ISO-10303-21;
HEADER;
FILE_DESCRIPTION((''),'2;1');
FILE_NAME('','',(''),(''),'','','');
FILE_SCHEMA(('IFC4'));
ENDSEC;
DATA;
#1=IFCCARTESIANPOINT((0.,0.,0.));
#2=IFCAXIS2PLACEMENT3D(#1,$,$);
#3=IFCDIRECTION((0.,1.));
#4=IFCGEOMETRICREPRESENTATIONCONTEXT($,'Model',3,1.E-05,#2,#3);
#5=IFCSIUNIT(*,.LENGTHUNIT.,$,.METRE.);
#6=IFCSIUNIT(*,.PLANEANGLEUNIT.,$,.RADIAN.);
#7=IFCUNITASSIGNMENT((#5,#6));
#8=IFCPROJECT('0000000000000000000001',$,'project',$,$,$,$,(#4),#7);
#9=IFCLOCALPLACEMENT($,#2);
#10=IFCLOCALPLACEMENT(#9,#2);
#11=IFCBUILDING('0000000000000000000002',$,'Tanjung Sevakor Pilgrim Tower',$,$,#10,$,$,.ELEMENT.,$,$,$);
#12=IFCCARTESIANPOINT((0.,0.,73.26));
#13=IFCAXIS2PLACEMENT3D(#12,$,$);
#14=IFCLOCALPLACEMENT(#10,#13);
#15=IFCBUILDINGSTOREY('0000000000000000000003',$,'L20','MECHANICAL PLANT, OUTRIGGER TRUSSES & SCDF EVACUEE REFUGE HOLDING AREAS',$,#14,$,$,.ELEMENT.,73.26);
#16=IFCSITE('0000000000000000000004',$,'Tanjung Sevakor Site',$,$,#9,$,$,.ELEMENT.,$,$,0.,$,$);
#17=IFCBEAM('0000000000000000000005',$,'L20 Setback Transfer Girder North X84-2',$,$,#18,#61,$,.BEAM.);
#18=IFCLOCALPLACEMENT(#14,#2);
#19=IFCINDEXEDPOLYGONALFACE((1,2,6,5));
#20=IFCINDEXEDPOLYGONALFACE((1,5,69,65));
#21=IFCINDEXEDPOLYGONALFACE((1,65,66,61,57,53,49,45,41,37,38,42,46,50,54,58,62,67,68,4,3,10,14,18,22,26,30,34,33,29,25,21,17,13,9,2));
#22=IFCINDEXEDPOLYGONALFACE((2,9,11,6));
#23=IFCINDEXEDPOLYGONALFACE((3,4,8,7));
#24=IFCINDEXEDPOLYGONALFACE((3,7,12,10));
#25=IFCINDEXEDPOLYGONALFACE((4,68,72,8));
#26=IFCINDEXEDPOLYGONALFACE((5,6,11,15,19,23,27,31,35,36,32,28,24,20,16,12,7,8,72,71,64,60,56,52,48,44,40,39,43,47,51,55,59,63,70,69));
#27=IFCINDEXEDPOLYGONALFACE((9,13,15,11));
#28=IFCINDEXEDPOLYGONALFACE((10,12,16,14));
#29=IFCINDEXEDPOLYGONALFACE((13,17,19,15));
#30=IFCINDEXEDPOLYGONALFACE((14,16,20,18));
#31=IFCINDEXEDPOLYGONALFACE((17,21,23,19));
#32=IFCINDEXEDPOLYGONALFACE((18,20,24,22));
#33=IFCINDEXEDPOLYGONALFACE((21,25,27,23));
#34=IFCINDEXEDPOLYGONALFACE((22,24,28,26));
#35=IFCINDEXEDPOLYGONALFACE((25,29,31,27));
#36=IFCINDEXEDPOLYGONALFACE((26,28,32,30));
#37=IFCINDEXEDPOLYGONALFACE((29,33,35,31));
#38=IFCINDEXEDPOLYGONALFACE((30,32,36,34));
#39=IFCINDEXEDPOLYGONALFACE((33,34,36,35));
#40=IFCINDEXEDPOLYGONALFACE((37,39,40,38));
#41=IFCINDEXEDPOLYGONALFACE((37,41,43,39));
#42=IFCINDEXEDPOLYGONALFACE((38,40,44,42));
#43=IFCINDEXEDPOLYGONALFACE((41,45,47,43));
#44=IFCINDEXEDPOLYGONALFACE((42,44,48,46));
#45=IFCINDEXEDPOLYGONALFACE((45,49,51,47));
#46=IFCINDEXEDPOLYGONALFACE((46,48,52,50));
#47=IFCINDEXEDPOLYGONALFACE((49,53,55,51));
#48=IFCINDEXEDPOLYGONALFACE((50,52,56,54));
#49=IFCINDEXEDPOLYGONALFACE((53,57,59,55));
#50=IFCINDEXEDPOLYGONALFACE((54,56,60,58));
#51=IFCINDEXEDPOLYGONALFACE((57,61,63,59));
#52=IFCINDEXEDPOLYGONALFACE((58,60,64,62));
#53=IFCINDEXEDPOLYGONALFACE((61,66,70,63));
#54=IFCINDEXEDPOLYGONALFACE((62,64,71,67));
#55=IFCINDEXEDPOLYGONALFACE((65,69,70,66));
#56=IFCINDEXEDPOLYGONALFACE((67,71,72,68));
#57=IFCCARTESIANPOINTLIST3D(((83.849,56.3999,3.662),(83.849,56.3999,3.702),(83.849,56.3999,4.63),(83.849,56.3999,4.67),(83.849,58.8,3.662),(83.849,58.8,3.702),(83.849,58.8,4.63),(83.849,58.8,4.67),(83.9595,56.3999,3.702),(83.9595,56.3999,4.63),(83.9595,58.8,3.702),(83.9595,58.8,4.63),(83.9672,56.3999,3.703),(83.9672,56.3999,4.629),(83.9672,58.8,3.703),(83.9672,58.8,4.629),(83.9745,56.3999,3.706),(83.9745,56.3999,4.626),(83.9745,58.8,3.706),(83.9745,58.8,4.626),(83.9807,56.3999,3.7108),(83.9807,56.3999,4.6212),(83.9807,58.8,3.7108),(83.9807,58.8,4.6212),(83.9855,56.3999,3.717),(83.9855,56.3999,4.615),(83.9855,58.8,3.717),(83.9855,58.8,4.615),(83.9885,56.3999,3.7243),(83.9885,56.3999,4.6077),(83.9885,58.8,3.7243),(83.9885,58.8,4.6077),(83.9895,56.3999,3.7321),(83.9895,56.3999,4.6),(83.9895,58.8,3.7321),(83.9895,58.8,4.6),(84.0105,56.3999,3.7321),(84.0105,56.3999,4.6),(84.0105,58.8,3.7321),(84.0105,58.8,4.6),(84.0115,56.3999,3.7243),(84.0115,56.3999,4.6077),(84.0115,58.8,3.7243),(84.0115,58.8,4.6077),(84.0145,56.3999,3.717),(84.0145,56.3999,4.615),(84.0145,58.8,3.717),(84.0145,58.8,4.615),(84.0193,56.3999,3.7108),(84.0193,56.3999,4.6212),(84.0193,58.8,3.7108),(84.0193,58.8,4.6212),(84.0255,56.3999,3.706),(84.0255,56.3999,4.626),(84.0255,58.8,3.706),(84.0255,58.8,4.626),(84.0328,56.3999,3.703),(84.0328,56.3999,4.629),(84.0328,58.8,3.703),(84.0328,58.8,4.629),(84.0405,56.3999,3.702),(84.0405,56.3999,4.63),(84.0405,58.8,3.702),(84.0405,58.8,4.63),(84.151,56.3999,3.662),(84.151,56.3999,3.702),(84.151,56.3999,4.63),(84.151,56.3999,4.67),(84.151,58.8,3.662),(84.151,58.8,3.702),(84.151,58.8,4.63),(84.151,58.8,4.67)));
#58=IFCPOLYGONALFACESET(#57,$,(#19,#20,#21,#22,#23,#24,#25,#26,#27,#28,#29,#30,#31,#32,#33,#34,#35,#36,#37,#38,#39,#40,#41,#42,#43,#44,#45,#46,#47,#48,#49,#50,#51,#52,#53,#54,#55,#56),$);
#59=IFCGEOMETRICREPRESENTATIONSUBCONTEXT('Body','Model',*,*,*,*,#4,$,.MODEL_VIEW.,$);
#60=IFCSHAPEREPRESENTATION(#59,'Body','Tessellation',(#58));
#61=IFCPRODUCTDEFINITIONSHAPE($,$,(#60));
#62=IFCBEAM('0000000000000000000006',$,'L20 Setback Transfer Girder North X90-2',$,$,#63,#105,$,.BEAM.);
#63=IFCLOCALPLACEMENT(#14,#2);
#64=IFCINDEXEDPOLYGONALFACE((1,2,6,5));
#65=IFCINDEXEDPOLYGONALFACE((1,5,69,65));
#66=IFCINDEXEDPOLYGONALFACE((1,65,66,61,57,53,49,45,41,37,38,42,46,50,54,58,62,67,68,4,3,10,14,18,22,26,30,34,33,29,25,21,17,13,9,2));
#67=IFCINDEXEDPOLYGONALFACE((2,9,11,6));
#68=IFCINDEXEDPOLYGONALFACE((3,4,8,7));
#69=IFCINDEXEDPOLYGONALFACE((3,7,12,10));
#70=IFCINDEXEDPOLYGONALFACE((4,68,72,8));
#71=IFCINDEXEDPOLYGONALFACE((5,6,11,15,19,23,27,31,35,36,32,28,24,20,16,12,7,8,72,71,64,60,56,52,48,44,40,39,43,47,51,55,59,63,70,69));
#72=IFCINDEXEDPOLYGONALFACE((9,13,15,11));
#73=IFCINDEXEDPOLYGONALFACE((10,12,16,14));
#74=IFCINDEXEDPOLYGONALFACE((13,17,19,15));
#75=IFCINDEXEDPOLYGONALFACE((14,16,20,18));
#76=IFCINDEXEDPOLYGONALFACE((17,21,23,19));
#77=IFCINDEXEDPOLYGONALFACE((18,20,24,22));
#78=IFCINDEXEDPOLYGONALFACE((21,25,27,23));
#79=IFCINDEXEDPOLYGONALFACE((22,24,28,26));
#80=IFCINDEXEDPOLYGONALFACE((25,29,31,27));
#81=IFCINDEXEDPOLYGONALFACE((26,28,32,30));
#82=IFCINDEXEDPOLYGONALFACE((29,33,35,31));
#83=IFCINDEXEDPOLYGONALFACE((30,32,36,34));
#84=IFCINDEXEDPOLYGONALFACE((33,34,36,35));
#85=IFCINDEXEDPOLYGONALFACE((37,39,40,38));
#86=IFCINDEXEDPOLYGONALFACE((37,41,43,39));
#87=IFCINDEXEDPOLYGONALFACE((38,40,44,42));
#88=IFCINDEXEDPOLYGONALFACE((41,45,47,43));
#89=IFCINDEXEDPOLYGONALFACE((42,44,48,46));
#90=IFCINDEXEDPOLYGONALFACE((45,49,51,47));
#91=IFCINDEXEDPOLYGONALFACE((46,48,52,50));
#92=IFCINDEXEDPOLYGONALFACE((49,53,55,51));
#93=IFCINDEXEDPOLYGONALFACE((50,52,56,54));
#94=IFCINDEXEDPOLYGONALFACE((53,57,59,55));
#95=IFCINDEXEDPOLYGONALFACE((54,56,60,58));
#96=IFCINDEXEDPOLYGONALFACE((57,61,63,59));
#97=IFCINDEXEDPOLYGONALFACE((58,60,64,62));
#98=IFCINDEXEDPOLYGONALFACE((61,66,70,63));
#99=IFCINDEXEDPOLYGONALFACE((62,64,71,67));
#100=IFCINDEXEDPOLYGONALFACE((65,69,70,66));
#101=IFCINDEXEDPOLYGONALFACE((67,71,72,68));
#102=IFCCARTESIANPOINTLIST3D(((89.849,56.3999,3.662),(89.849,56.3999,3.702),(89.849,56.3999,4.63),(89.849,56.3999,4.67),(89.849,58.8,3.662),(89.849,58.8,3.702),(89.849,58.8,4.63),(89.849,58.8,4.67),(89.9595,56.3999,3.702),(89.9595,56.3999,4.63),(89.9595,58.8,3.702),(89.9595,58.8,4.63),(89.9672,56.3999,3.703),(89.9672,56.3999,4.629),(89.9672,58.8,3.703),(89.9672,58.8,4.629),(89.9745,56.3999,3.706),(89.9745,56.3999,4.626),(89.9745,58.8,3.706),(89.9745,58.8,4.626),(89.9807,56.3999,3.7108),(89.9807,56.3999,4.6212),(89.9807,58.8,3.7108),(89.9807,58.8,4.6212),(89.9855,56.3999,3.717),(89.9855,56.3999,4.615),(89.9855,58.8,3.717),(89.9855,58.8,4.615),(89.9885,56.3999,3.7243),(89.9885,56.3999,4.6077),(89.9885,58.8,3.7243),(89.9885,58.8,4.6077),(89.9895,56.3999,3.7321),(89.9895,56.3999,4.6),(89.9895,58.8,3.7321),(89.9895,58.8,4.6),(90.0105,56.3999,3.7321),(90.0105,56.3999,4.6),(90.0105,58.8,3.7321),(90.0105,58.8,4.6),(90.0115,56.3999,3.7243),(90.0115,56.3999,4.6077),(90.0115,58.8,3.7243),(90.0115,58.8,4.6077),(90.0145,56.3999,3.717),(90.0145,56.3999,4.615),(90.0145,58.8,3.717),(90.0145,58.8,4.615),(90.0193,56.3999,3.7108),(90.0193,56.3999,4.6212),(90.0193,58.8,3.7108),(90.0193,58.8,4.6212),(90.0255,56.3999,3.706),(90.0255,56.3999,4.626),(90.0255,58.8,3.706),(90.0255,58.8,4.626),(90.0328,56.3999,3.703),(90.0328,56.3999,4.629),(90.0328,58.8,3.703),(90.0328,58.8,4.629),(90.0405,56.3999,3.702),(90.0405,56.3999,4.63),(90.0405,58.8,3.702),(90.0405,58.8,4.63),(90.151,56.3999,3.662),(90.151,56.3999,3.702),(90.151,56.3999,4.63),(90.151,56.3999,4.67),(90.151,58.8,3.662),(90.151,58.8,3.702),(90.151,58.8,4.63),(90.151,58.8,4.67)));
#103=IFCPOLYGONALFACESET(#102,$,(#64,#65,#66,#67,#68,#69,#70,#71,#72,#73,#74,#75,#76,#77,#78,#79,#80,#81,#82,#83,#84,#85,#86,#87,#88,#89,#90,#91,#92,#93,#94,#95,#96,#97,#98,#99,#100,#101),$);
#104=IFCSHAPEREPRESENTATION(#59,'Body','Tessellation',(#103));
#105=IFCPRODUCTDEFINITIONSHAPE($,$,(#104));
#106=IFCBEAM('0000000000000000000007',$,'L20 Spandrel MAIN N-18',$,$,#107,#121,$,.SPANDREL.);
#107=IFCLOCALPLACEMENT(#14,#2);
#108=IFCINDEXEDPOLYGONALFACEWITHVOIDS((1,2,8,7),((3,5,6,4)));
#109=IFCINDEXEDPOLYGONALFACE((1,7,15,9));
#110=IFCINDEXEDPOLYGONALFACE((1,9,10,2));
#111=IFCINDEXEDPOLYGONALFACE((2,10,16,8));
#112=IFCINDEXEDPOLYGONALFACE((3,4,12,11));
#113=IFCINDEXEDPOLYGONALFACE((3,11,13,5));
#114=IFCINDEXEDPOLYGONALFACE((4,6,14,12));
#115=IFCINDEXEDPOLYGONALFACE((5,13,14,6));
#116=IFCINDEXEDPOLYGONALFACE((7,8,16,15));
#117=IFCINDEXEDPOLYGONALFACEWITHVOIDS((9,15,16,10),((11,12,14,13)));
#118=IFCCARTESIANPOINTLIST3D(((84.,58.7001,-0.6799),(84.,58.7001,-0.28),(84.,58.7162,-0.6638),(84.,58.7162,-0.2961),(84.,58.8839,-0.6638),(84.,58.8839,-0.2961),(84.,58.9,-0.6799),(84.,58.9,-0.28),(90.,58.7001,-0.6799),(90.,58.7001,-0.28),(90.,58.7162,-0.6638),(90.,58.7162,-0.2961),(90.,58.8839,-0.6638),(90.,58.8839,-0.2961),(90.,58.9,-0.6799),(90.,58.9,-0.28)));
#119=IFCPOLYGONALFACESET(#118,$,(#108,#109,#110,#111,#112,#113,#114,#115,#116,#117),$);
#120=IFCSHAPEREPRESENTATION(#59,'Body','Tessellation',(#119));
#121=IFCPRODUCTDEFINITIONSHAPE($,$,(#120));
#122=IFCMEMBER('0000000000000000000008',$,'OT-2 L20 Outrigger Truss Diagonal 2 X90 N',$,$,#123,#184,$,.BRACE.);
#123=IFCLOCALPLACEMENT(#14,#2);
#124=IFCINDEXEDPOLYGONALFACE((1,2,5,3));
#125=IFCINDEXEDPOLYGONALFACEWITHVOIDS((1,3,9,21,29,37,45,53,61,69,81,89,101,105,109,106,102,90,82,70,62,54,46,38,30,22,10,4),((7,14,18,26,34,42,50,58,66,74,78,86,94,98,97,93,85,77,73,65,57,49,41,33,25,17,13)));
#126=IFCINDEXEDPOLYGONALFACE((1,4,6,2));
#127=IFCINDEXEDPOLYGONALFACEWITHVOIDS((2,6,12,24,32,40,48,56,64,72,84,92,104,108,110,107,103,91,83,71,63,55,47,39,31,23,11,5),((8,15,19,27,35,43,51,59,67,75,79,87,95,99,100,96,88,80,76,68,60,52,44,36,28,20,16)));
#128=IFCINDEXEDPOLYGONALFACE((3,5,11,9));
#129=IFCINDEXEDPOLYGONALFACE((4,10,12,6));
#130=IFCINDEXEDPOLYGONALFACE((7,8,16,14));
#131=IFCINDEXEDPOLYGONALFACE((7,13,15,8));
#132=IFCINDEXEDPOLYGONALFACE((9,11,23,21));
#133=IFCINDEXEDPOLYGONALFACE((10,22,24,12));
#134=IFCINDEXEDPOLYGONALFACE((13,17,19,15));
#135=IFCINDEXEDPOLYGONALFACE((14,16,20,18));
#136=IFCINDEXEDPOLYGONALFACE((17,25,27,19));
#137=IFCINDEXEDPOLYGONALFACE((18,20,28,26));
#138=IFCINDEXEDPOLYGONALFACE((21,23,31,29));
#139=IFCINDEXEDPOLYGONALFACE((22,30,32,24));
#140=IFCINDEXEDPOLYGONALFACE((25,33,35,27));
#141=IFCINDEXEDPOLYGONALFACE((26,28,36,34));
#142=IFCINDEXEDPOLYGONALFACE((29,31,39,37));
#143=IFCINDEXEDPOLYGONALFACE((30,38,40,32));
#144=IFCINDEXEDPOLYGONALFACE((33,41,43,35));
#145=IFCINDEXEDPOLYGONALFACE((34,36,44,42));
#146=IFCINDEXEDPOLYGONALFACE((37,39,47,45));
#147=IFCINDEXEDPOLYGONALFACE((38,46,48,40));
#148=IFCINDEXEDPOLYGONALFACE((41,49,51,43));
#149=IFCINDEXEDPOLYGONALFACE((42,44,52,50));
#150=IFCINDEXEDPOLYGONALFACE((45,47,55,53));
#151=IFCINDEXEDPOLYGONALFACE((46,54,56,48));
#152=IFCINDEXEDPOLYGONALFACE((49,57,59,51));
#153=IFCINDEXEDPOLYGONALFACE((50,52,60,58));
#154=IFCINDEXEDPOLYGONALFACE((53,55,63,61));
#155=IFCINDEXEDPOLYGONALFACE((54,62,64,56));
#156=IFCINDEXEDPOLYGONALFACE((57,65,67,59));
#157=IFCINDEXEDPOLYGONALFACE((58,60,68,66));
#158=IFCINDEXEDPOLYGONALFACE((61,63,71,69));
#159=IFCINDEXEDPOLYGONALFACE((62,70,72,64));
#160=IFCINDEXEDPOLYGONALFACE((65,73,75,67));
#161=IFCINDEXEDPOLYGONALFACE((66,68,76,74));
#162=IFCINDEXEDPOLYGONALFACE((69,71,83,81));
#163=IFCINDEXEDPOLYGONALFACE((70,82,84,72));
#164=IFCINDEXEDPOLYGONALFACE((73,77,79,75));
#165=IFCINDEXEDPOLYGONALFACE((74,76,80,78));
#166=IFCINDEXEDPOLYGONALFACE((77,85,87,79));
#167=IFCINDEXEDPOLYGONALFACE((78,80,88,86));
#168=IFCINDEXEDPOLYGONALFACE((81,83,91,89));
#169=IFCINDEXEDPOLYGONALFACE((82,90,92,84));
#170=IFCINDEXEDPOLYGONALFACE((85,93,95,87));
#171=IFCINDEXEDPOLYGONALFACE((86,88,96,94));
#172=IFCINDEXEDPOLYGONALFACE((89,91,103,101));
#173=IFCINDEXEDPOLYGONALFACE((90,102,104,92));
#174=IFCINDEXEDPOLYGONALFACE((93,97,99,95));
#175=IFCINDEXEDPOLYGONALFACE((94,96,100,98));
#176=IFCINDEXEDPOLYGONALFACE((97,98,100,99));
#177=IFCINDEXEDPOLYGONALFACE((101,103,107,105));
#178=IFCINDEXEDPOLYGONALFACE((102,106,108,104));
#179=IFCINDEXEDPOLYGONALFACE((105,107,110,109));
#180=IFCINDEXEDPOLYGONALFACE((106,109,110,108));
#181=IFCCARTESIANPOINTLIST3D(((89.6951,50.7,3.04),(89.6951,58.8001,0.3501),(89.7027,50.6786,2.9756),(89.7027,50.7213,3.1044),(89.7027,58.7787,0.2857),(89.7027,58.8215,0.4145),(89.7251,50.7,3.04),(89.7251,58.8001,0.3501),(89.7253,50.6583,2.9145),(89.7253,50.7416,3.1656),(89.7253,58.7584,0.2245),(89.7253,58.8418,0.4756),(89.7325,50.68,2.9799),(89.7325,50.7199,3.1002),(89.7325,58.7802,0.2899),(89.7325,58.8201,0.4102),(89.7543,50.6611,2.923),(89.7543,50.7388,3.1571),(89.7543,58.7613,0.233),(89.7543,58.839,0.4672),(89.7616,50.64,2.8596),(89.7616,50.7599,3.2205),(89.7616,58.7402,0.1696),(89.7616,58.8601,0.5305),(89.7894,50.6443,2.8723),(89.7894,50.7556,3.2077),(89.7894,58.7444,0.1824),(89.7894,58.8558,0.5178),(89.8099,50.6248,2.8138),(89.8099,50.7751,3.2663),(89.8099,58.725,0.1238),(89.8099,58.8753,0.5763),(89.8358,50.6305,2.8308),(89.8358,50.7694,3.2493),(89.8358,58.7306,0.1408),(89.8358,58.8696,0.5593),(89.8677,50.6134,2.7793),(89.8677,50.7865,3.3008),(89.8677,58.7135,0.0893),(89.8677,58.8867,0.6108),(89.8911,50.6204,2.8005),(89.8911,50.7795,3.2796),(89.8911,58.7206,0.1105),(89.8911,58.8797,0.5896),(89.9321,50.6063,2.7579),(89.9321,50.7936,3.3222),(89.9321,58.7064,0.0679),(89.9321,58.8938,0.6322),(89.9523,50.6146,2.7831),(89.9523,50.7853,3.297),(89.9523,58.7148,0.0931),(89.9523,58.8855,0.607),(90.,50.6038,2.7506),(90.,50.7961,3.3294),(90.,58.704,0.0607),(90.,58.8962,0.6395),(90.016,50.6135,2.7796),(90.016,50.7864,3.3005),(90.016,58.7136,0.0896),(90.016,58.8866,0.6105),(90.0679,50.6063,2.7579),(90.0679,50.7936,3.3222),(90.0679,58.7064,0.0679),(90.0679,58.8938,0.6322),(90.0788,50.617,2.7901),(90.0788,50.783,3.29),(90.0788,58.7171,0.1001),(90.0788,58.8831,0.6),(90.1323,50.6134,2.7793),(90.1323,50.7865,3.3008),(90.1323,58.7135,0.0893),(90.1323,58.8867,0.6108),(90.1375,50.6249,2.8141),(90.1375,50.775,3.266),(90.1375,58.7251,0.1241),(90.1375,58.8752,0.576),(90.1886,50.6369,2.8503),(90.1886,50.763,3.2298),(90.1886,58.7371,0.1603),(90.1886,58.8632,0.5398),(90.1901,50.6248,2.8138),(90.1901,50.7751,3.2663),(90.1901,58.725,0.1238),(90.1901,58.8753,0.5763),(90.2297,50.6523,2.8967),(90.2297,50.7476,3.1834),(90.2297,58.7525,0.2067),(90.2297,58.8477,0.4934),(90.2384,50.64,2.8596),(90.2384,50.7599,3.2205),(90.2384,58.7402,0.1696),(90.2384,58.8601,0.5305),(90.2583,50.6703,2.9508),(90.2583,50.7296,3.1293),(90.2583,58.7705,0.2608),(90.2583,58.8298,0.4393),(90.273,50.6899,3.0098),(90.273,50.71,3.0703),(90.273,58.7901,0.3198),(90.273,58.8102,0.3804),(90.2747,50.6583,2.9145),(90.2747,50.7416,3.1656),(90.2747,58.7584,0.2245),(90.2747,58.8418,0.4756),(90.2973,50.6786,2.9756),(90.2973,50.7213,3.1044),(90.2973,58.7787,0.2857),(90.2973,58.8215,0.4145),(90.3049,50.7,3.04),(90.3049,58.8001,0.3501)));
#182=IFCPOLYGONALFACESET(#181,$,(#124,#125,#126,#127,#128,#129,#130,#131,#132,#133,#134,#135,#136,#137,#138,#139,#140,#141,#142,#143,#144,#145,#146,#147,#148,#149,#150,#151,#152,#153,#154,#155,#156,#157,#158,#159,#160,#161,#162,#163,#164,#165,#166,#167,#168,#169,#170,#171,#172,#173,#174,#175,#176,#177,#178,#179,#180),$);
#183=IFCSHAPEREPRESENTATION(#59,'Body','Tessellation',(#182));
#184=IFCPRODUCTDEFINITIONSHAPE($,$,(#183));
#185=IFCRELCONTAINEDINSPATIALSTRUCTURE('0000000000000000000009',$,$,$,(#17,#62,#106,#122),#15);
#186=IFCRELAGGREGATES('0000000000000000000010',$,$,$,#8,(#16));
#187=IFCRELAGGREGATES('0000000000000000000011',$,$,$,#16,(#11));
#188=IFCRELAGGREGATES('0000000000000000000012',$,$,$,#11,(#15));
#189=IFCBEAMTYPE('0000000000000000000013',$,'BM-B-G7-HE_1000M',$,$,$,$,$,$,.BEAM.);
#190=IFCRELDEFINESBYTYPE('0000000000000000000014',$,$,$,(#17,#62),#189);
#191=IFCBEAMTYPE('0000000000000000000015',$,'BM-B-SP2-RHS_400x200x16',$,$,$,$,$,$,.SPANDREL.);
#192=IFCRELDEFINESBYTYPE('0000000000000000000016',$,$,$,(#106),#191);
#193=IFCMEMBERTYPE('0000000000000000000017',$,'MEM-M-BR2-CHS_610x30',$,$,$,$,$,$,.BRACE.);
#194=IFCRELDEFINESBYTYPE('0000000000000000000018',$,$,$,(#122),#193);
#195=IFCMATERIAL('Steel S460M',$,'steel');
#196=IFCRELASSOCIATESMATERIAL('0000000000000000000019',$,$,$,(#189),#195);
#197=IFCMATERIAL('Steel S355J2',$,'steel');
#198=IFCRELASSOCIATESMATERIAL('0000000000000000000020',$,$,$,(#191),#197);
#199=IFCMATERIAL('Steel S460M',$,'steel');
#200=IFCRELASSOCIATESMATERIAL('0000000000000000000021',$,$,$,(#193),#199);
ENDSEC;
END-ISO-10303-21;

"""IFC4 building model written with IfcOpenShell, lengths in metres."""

from ifc_helpers import new_model, si_unit, direction, frame, origin, origin_2d, place, context, subcontext, project, spatial, hollow_rectangle, hollow_circle, i_section, extrude, material, material_profile, profile_set, type_object, element, save


model = new_model("IFC4")

# Units and contexts
model_context = context("Model", 3, precision=1e-05, world=origin(), true_north=direction((0.0, 1.0)))
body_context = subcontext(model_context, "Body", "Model", "MODEL_VIEW")
ifc_project = project(units=[si_unit("LENGTHUNIT", "METRE"), si_unit("PLANEANGLEUNIT", "RADIAN")], contexts=[model_context])

# Site, building, storey
site_placement = place(None, origin())
site = spatial("IfcSite", under=ifc_project, at=site_placement, Name="Tanjung Sevakor Site", CompositionType="ELEMENT", RefElevation=0.0)
building_placement = place(site_placement, origin())
building = spatial("IfcBuilding", under=site, at=building_placement, Name="Tanjung Sevakor Pilgrim Tower", CompositionType="ELEMENT")
storey_placement = place(building_placement, frame((0.0, 0.0, 73.26)))
storey = spatial("IfcBuildingStorey", under=building, at=storey_placement, Name="L20", Description="MECHANICAL PLANT, OUTRIGGER TRUSSES & SCDF EVACUEE REFUGE HOLDING AREAS", CompositionType="ELEMENT", Elevation=73.26)

# Beams
ifc_material_1 = material(Name="Steel S460M", Category="steel")
ifc_material_profile_1 = material_profile(ifc_material_1, i_section(OverallWidth=0.302, OverallDepth=1.0081, WebThickness=0.021, FlangeThickness=0.04, FilletRadius=0.03, at=origin_2d()))
ifc_profile_set_1 = profile_set([ifc_material_profile_1], Name="Steel S460M")
beam_type_1 = type_object("IfcBeamType", Name="BM-B-G7-HE_1000M", PredefinedType="BEAM", material=ifc_profile_set_1)
for number, where, z_axis, x_axis, name in (
    (1, (84.0, 56.3999, 4.166), (0.0, 1.0, 0.0), (-1.0, 0.0, 0.0), "L20 Setback Transfer Girder North X84-2"),
    (2, (90.0, 56.3999, 4.166), (0.0, 1.0, 0.0), (-1.0, 0.0, 0.0), "L20 Setback Transfer Girder North X90-2"),
):
    element("IfcBeam", number, at=place(storey_placement, frame(where, z_axis=z_axis, x_axis=x_axis)), inside=storey, type_object=beam_type_1, Name=name, PredefinedType="BEAM", context=body_context, shape_type="SweptSolid", body=[
        extrude(i_section(OverallWidth=0.302, OverallDepth=1.0081, WebThickness=0.021, FlangeThickness=0.04, FilletRadius=0.03, at=origin_2d()), origin(), (0.0, 0.0, 1.0), 2.4001),
    ])
ifc_material_2 = material(Name="Steel S355J2", Category="steel")
ifc_material_profile_2 = material_profile(ifc_material_2, hollow_rectangle(XDim=0.2, YDim=0.3999, WallThickness=0.0161, at=origin_2d()))
ifc_profile_set_2 = profile_set([ifc_material_profile_2], Name="Steel S355J2")
beam_type_2 = type_object("IfcBeamType", Name="BM-B-SP2-RHS_400x200x16", PredefinedType="SPANDREL", material=ifc_profile_set_2)
beam_1_placement = place(storey_placement, frame((84.0, 58.8, -0.48), z_axis=(1.0, 0.0, 0.0), x_axis=(0.0, 1.0, 0.0)))
element("IfcBeam", 3, at=beam_1_placement, inside=storey, type_object=beam_type_2, Name="L20 Spandrel MAIN N-18", PredefinedType="SPANDREL", context=body_context, shape_type="SweptSolid", body=[
    extrude(hollow_rectangle(XDim=0.2, YDim=0.3999, WallThickness=0.0161, at=origin_2d()), origin(), (0.0, 0.0, 1.0), 6.0),
])

# Member
ifc_material_3 = material(Name="Steel S460M", Category="steel")
ifc_material_profile_3 = material_profile(ifc_material_3, hollow_circle(Radius=0.3049, WallThickness=0.03, at=origin_2d()))
ifc_profile_set_3 = profile_set([ifc_material_profile_3], Name="Steel S460M")
member_type_1 = type_object("IfcMemberType", Name="MEM-M-BR2-CHS_610x30", PredefinedType="BRACE", material=ifc_profile_set_3)
member_1_placement = place(storey_placement, frame((90.0, 50.7, 3.04), z_axis=(0.0, 0.949037, -0.315163), x_axis=(-1.0, 0.0, 0.0)))
element("IfcMember", 4, at=member_1_placement, inside=storey, type_object=member_type_1, Name="OT-2 L20 Outrigger Truss Diagonal 2 X90 N", PredefinedType="BRACE", context=body_context, shape_type="SweptSolid", body=[
    extrude(hollow_circle(Radius=0.3049, WallThickness=0.03, at=origin_2d()), origin(), (0.0, 0.0, 1.0), 8.5352),
])

save(model, "model.ifc")
